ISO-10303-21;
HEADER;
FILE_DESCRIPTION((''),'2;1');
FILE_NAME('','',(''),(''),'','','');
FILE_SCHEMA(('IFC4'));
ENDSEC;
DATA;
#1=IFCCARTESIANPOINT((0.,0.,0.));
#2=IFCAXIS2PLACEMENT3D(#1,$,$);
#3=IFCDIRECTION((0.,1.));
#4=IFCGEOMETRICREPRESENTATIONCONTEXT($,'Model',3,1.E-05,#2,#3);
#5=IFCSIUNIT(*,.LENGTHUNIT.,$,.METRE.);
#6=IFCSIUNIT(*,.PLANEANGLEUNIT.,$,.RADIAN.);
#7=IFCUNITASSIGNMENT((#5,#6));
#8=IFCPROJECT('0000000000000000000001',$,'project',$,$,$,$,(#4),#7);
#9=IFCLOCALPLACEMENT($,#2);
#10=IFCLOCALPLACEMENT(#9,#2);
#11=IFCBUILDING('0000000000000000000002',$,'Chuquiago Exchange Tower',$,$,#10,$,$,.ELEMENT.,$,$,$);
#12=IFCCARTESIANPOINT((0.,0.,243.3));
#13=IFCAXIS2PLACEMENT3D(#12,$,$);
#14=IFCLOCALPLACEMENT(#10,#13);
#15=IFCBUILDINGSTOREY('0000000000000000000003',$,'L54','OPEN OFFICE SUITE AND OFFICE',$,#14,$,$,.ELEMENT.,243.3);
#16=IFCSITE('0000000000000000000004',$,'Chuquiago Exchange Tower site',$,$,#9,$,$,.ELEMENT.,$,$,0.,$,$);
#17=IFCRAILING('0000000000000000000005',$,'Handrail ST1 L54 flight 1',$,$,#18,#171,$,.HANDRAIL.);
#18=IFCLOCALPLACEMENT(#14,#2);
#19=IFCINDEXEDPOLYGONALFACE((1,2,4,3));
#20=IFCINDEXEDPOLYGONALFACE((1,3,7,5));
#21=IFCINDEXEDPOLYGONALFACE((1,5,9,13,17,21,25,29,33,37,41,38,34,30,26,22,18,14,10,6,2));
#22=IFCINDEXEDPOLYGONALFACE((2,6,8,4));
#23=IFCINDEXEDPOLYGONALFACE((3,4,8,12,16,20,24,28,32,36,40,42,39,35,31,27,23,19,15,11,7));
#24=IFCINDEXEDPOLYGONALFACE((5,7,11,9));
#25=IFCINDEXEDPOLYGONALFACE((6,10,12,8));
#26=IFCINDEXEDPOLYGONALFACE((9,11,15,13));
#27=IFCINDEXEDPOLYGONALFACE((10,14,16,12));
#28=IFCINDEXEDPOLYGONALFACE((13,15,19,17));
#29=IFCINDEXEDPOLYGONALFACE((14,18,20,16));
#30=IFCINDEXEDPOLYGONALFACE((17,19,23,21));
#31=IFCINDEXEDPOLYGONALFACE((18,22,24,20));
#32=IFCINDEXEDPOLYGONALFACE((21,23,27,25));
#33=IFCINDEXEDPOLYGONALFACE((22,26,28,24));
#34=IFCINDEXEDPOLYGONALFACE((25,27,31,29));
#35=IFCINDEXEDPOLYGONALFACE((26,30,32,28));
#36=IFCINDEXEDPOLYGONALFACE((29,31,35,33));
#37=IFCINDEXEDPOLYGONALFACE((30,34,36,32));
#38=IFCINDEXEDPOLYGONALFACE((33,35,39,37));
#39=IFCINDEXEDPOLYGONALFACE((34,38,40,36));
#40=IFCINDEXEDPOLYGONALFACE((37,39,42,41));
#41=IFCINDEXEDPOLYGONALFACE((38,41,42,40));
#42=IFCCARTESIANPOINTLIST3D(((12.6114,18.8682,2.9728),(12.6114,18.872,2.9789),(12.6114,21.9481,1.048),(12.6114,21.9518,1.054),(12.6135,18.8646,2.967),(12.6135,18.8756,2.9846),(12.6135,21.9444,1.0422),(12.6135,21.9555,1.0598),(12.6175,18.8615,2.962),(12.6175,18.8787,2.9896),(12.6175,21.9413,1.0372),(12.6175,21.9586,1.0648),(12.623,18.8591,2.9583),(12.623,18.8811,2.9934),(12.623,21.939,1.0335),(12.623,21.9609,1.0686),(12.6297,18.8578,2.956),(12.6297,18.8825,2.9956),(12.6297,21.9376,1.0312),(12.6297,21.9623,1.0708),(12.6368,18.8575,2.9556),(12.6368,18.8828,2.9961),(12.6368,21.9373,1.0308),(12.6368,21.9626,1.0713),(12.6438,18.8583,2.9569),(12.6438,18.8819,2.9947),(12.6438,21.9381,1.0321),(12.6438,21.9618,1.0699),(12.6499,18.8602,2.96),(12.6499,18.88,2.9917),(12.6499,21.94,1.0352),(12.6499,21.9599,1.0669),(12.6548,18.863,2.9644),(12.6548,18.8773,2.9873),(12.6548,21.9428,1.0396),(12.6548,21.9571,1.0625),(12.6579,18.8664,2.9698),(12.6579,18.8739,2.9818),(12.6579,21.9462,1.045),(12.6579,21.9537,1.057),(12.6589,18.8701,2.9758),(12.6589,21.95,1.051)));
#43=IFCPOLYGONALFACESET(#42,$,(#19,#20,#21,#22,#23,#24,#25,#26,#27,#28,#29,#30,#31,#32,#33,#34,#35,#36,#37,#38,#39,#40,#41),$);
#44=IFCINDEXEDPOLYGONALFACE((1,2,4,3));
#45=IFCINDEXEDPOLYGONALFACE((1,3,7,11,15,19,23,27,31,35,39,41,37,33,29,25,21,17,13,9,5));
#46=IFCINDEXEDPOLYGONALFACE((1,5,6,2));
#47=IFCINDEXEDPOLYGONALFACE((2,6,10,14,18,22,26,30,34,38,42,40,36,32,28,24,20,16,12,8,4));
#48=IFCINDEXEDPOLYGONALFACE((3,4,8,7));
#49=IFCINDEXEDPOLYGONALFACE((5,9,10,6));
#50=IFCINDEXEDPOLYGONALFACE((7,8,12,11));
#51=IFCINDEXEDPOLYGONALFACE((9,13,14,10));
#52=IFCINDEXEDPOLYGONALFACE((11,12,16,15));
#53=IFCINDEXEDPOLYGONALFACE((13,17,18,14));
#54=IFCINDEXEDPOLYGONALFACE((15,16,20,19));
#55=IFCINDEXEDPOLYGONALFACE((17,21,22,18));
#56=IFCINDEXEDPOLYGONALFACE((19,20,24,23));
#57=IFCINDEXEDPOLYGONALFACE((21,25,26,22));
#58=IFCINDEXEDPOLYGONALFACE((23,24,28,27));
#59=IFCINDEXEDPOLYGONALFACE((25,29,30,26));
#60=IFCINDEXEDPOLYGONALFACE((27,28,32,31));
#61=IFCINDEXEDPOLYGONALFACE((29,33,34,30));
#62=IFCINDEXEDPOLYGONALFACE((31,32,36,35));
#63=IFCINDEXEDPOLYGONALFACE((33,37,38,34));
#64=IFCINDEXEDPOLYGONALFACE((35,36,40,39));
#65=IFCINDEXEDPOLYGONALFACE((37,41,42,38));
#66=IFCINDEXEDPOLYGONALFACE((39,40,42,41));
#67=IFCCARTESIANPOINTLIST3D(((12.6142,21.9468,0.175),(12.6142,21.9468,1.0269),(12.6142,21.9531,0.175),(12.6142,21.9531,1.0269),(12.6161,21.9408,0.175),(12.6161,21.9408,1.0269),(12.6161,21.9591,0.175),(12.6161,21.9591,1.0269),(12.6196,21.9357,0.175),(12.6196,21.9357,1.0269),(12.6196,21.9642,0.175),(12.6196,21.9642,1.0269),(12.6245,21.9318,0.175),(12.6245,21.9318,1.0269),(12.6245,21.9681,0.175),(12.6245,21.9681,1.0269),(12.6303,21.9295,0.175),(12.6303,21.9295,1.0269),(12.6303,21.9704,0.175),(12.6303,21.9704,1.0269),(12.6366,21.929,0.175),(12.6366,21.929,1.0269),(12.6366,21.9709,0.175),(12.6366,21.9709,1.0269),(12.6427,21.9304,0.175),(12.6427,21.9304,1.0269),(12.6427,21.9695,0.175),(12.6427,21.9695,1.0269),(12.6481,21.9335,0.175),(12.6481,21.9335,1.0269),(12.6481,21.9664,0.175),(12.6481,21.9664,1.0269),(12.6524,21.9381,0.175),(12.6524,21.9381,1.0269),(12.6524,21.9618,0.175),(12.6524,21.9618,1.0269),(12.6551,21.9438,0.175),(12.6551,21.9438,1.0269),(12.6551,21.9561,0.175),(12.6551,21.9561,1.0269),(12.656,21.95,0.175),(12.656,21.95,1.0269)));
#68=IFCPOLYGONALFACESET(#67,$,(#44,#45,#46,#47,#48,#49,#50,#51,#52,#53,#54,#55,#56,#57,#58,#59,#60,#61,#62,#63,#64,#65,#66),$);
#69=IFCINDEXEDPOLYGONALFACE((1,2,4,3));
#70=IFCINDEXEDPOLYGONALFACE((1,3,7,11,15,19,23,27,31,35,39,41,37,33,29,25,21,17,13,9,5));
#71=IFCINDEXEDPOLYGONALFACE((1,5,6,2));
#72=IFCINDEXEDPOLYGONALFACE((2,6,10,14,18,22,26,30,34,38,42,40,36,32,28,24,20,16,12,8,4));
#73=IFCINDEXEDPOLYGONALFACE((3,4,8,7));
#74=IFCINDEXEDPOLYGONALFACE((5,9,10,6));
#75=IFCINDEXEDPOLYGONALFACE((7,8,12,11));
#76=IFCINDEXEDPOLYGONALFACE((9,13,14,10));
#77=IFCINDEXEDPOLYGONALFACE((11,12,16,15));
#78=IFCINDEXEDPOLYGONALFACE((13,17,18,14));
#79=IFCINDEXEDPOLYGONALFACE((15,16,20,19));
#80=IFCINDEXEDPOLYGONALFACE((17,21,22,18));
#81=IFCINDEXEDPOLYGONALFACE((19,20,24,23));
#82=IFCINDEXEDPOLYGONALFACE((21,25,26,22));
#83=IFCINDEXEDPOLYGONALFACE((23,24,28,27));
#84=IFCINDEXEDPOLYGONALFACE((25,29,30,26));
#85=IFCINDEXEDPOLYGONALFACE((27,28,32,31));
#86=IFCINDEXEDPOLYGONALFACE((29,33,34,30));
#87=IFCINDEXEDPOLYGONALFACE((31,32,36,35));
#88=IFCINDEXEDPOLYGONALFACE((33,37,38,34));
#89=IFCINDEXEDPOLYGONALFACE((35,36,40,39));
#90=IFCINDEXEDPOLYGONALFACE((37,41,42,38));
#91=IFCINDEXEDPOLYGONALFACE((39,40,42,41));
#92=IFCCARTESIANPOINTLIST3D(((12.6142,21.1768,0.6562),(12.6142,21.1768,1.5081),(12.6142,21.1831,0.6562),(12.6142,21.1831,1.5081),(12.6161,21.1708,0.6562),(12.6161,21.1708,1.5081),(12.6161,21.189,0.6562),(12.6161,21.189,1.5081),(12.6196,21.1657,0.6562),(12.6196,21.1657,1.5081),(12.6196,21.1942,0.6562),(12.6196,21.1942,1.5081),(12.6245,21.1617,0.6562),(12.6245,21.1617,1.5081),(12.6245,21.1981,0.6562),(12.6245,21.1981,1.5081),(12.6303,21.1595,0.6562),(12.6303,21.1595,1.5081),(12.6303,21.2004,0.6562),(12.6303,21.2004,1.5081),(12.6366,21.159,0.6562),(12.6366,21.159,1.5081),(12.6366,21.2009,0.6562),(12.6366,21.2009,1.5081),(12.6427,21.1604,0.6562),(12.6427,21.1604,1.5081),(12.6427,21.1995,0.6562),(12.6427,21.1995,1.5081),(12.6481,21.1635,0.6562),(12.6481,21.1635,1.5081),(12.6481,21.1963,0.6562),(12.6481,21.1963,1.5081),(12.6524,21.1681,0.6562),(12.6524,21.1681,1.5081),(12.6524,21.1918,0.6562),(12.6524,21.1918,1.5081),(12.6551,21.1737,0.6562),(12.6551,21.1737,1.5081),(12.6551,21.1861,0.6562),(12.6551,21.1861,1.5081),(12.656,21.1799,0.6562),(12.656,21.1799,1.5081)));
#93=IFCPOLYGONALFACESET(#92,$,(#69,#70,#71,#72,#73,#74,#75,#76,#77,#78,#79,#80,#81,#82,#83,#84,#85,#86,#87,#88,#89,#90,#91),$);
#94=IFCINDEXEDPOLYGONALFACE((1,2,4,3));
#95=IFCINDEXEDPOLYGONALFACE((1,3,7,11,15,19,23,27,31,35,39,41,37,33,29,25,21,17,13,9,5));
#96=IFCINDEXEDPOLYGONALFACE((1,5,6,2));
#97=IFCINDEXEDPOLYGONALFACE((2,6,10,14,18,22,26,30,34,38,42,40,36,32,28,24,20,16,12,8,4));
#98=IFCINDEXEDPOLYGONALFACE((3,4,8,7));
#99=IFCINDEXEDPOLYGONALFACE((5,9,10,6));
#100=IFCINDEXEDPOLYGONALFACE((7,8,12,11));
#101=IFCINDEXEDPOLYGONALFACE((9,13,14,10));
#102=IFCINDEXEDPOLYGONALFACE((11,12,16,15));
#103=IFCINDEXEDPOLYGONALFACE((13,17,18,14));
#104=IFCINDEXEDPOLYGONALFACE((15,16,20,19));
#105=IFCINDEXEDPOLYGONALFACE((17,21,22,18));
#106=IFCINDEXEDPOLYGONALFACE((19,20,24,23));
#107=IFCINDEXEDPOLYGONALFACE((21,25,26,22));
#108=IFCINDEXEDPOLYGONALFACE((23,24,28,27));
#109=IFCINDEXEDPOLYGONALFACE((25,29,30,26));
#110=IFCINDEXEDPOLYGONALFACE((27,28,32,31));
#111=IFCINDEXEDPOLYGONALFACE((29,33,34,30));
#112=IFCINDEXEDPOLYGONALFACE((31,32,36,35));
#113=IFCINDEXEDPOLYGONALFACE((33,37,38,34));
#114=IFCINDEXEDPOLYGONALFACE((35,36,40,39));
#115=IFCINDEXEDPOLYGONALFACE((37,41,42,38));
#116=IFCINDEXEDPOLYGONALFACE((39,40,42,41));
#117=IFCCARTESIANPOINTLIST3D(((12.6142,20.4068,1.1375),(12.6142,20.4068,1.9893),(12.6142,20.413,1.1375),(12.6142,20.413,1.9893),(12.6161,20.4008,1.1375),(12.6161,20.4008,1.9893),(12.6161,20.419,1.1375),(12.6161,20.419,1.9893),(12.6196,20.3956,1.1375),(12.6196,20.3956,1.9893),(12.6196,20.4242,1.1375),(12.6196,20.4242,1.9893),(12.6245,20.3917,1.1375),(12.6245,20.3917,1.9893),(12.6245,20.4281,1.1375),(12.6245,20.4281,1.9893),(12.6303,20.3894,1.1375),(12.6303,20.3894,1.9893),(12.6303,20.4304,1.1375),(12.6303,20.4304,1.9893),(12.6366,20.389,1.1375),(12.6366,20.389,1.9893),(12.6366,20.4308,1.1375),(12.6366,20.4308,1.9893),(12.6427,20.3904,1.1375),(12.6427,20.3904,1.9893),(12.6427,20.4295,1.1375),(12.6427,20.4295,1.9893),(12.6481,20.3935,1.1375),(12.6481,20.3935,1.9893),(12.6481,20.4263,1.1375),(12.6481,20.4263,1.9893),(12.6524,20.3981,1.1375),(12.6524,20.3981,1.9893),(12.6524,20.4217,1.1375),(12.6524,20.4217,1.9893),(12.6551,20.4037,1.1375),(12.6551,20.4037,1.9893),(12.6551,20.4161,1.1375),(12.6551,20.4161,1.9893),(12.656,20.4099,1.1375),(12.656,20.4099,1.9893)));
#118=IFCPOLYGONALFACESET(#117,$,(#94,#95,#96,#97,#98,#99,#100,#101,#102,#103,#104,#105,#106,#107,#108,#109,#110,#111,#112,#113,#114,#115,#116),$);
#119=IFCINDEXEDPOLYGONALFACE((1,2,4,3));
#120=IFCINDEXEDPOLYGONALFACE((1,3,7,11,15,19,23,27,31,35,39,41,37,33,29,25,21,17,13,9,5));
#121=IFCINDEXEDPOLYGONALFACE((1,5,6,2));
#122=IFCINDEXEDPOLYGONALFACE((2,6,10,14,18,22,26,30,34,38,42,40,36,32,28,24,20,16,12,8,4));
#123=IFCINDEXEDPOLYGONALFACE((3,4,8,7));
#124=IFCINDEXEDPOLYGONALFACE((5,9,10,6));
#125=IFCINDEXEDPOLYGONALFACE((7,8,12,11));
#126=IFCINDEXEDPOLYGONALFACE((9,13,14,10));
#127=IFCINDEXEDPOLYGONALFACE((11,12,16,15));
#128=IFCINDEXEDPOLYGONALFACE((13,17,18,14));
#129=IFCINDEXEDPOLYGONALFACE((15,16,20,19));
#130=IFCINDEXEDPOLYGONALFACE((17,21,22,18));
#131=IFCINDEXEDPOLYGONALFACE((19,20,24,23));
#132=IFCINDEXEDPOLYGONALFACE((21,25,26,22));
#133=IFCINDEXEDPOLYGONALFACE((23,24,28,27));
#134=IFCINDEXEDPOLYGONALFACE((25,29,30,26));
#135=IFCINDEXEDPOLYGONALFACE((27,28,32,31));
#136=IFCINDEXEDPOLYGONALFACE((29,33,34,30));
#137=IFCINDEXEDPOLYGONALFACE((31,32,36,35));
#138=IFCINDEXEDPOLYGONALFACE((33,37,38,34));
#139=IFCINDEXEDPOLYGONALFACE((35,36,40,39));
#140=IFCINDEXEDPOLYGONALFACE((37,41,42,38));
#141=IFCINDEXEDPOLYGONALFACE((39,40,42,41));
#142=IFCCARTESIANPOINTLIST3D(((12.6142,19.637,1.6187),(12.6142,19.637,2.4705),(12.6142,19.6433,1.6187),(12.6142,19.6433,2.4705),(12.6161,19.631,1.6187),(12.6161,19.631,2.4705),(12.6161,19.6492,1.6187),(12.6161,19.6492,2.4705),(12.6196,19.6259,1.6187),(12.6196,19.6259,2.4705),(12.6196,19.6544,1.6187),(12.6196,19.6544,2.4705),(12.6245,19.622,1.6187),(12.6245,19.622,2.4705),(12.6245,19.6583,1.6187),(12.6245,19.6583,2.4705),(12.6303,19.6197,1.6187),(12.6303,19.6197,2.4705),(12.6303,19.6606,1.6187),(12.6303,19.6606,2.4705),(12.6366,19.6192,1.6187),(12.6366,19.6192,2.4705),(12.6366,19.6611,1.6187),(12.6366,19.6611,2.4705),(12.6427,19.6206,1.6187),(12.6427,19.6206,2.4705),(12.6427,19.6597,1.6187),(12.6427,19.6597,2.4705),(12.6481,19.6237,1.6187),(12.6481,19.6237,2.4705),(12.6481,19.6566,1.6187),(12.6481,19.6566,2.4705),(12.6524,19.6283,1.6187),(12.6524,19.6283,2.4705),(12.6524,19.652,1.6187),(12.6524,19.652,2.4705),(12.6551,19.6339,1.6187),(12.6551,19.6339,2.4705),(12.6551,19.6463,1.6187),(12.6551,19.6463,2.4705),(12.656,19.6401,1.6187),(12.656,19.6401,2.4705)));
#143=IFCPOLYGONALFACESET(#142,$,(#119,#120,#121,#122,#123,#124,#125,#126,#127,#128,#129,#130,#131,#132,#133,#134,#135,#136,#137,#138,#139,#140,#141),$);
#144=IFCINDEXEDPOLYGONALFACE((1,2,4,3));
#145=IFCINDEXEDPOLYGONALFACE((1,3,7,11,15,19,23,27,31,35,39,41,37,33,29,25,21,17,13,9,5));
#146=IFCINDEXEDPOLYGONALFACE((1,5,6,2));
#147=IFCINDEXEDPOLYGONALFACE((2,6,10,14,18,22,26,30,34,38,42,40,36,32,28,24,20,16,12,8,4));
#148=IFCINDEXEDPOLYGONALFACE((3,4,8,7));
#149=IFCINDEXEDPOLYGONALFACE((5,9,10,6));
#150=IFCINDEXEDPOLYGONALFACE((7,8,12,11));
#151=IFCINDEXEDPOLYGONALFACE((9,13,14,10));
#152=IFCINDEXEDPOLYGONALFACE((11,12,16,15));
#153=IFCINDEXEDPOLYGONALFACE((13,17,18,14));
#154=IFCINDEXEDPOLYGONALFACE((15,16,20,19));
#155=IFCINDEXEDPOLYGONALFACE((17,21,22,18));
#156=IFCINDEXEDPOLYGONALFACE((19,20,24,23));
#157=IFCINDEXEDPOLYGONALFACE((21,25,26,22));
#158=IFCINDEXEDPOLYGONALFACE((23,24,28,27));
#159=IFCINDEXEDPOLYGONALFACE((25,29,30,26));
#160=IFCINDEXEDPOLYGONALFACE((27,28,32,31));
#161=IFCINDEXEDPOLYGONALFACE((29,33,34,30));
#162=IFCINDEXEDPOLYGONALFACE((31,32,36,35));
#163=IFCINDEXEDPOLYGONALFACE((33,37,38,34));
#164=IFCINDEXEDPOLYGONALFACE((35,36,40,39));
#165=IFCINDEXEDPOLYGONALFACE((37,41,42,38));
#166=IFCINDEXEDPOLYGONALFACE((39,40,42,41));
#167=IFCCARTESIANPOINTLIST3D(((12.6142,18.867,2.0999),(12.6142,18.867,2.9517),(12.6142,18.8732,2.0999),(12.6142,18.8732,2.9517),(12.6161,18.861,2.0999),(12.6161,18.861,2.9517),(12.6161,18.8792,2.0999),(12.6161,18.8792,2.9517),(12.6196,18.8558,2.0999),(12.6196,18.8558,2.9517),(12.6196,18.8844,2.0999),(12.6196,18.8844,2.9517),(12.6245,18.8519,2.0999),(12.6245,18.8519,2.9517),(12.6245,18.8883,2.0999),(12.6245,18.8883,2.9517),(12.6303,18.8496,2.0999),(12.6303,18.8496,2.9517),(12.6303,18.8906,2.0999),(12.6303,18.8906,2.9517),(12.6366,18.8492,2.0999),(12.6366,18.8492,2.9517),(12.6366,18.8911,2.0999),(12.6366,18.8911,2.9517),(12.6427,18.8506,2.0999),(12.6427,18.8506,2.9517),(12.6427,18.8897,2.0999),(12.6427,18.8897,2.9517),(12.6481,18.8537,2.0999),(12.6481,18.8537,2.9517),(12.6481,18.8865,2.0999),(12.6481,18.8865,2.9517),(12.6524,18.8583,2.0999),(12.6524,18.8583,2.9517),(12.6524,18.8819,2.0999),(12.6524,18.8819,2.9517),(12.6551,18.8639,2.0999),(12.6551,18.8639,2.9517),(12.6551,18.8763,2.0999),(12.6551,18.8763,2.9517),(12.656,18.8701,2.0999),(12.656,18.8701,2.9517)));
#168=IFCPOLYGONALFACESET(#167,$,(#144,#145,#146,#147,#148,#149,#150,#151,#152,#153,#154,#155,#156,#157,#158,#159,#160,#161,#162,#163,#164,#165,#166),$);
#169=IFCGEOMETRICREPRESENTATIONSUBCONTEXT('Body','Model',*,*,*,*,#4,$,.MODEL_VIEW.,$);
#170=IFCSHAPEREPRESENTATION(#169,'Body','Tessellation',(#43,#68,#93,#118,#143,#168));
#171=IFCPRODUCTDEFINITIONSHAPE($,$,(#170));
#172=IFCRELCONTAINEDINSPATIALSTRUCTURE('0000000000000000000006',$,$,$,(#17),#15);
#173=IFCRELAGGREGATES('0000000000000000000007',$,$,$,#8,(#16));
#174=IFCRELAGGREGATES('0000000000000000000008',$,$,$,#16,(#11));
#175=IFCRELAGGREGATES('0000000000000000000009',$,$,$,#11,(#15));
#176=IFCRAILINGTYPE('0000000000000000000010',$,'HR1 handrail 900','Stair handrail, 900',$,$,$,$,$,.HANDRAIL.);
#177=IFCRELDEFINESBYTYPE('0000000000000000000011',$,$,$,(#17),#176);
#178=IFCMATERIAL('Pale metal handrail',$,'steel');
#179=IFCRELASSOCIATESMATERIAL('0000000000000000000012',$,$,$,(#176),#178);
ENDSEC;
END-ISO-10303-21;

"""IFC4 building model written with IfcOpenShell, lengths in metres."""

from ifc_helpers import new_model, si_unit, direction, frame, origin, origin_2d, place, context, subcontext, project, spatial, circle, extrude, material, type_object, element, save


model = new_model("IFC4")

# Units and contexts
model_context = context("Model", 3, precision=1e-05, world=origin(), true_north=direction((0.0, 1.0)))
body_context = subcontext(model_context, "Body", "Model", "MODEL_VIEW")
ifc_project = project(units=[si_unit("LENGTHUNIT", "METRE"), si_unit("PLANEANGLEUNIT", "RADIAN")], contexts=[model_context])

# Site, building, storey
site_placement = place(None, origin())
site = spatial("IfcSite", under=ifc_project, at=site_placement, Name="Chuquiago Exchange Tower site", CompositionType="ELEMENT", RefElevation=0.0)
building_placement = place(site_placement, origin())
building = spatial("IfcBuilding", under=site, at=building_placement, Name="Chuquiago Exchange Tower", CompositionType="ELEMENT")
storey_placement = place(building_placement, frame((0.0, 0.0, 243.3)))
storey = spatial("IfcBuildingStorey", under=building, at=storey_placement, Name="L54", Description="OPEN OFFICE SUITE AND OFFICE", CompositionType="ELEMENT", Elevation=243.3)

# Railing
ifc_material_1 = material(Name="Pale metal handrail", Category="steel")
railing_type_1 = type_object("IfcRailingType", Name="HR1 handrail 900", Description="Stair handrail, 900", PredefinedType="HANDRAIL", material=ifc_material_1)
for number, where, name in (
    (1, (12.635, 21.95, 0.175), "Handrail ST1 L54 flight 1"),
):
    element("IfcRailing", number, at=place(storey_placement, frame(where)), inside=storey, type_object=railing_type_1, Name=name, PredefinedType="HANDRAIL", context=body_context, shape_type="SweptSolid", body=[
        extrude(circle(Radius=0.0239, at=origin_2d()), frame((0.0, 0.0, 0.876), z_axis=(0.0, -0.84801, 0.529981), x_axis=(1.0, 0.0, 0.0)), (0.0, 0.0, 1.0), 3.6318),
        extrude(circle(Radius=0.021, at=origin_2d()), origin(), (0.0, 0.0, 1.0), 0.8518),
        extrude(circle(Radius=0.021, at=origin_2d()), frame((0.0, -0.77, 0.4812)), (0.0, 0.0, 1.0), 0.8518),
        extrude(circle(Radius=0.021, at=origin_2d()), frame((0.0, -1.54, 0.9624)), (0.0, 0.0, 1.0), 0.8518),
        extrude(circle(Radius=0.021, at=origin_2d()), frame((0.0, -2.3098, 1.4436)), (0.0, 0.0, 1.0), 0.8518),
        extrude(circle(Radius=0.021, at=origin_2d()), frame((0.0, -3.0798, 1.9248)), (0.0, 0.0, 1.0), 0.8518),
    ])

save(model, "model.ifc")
